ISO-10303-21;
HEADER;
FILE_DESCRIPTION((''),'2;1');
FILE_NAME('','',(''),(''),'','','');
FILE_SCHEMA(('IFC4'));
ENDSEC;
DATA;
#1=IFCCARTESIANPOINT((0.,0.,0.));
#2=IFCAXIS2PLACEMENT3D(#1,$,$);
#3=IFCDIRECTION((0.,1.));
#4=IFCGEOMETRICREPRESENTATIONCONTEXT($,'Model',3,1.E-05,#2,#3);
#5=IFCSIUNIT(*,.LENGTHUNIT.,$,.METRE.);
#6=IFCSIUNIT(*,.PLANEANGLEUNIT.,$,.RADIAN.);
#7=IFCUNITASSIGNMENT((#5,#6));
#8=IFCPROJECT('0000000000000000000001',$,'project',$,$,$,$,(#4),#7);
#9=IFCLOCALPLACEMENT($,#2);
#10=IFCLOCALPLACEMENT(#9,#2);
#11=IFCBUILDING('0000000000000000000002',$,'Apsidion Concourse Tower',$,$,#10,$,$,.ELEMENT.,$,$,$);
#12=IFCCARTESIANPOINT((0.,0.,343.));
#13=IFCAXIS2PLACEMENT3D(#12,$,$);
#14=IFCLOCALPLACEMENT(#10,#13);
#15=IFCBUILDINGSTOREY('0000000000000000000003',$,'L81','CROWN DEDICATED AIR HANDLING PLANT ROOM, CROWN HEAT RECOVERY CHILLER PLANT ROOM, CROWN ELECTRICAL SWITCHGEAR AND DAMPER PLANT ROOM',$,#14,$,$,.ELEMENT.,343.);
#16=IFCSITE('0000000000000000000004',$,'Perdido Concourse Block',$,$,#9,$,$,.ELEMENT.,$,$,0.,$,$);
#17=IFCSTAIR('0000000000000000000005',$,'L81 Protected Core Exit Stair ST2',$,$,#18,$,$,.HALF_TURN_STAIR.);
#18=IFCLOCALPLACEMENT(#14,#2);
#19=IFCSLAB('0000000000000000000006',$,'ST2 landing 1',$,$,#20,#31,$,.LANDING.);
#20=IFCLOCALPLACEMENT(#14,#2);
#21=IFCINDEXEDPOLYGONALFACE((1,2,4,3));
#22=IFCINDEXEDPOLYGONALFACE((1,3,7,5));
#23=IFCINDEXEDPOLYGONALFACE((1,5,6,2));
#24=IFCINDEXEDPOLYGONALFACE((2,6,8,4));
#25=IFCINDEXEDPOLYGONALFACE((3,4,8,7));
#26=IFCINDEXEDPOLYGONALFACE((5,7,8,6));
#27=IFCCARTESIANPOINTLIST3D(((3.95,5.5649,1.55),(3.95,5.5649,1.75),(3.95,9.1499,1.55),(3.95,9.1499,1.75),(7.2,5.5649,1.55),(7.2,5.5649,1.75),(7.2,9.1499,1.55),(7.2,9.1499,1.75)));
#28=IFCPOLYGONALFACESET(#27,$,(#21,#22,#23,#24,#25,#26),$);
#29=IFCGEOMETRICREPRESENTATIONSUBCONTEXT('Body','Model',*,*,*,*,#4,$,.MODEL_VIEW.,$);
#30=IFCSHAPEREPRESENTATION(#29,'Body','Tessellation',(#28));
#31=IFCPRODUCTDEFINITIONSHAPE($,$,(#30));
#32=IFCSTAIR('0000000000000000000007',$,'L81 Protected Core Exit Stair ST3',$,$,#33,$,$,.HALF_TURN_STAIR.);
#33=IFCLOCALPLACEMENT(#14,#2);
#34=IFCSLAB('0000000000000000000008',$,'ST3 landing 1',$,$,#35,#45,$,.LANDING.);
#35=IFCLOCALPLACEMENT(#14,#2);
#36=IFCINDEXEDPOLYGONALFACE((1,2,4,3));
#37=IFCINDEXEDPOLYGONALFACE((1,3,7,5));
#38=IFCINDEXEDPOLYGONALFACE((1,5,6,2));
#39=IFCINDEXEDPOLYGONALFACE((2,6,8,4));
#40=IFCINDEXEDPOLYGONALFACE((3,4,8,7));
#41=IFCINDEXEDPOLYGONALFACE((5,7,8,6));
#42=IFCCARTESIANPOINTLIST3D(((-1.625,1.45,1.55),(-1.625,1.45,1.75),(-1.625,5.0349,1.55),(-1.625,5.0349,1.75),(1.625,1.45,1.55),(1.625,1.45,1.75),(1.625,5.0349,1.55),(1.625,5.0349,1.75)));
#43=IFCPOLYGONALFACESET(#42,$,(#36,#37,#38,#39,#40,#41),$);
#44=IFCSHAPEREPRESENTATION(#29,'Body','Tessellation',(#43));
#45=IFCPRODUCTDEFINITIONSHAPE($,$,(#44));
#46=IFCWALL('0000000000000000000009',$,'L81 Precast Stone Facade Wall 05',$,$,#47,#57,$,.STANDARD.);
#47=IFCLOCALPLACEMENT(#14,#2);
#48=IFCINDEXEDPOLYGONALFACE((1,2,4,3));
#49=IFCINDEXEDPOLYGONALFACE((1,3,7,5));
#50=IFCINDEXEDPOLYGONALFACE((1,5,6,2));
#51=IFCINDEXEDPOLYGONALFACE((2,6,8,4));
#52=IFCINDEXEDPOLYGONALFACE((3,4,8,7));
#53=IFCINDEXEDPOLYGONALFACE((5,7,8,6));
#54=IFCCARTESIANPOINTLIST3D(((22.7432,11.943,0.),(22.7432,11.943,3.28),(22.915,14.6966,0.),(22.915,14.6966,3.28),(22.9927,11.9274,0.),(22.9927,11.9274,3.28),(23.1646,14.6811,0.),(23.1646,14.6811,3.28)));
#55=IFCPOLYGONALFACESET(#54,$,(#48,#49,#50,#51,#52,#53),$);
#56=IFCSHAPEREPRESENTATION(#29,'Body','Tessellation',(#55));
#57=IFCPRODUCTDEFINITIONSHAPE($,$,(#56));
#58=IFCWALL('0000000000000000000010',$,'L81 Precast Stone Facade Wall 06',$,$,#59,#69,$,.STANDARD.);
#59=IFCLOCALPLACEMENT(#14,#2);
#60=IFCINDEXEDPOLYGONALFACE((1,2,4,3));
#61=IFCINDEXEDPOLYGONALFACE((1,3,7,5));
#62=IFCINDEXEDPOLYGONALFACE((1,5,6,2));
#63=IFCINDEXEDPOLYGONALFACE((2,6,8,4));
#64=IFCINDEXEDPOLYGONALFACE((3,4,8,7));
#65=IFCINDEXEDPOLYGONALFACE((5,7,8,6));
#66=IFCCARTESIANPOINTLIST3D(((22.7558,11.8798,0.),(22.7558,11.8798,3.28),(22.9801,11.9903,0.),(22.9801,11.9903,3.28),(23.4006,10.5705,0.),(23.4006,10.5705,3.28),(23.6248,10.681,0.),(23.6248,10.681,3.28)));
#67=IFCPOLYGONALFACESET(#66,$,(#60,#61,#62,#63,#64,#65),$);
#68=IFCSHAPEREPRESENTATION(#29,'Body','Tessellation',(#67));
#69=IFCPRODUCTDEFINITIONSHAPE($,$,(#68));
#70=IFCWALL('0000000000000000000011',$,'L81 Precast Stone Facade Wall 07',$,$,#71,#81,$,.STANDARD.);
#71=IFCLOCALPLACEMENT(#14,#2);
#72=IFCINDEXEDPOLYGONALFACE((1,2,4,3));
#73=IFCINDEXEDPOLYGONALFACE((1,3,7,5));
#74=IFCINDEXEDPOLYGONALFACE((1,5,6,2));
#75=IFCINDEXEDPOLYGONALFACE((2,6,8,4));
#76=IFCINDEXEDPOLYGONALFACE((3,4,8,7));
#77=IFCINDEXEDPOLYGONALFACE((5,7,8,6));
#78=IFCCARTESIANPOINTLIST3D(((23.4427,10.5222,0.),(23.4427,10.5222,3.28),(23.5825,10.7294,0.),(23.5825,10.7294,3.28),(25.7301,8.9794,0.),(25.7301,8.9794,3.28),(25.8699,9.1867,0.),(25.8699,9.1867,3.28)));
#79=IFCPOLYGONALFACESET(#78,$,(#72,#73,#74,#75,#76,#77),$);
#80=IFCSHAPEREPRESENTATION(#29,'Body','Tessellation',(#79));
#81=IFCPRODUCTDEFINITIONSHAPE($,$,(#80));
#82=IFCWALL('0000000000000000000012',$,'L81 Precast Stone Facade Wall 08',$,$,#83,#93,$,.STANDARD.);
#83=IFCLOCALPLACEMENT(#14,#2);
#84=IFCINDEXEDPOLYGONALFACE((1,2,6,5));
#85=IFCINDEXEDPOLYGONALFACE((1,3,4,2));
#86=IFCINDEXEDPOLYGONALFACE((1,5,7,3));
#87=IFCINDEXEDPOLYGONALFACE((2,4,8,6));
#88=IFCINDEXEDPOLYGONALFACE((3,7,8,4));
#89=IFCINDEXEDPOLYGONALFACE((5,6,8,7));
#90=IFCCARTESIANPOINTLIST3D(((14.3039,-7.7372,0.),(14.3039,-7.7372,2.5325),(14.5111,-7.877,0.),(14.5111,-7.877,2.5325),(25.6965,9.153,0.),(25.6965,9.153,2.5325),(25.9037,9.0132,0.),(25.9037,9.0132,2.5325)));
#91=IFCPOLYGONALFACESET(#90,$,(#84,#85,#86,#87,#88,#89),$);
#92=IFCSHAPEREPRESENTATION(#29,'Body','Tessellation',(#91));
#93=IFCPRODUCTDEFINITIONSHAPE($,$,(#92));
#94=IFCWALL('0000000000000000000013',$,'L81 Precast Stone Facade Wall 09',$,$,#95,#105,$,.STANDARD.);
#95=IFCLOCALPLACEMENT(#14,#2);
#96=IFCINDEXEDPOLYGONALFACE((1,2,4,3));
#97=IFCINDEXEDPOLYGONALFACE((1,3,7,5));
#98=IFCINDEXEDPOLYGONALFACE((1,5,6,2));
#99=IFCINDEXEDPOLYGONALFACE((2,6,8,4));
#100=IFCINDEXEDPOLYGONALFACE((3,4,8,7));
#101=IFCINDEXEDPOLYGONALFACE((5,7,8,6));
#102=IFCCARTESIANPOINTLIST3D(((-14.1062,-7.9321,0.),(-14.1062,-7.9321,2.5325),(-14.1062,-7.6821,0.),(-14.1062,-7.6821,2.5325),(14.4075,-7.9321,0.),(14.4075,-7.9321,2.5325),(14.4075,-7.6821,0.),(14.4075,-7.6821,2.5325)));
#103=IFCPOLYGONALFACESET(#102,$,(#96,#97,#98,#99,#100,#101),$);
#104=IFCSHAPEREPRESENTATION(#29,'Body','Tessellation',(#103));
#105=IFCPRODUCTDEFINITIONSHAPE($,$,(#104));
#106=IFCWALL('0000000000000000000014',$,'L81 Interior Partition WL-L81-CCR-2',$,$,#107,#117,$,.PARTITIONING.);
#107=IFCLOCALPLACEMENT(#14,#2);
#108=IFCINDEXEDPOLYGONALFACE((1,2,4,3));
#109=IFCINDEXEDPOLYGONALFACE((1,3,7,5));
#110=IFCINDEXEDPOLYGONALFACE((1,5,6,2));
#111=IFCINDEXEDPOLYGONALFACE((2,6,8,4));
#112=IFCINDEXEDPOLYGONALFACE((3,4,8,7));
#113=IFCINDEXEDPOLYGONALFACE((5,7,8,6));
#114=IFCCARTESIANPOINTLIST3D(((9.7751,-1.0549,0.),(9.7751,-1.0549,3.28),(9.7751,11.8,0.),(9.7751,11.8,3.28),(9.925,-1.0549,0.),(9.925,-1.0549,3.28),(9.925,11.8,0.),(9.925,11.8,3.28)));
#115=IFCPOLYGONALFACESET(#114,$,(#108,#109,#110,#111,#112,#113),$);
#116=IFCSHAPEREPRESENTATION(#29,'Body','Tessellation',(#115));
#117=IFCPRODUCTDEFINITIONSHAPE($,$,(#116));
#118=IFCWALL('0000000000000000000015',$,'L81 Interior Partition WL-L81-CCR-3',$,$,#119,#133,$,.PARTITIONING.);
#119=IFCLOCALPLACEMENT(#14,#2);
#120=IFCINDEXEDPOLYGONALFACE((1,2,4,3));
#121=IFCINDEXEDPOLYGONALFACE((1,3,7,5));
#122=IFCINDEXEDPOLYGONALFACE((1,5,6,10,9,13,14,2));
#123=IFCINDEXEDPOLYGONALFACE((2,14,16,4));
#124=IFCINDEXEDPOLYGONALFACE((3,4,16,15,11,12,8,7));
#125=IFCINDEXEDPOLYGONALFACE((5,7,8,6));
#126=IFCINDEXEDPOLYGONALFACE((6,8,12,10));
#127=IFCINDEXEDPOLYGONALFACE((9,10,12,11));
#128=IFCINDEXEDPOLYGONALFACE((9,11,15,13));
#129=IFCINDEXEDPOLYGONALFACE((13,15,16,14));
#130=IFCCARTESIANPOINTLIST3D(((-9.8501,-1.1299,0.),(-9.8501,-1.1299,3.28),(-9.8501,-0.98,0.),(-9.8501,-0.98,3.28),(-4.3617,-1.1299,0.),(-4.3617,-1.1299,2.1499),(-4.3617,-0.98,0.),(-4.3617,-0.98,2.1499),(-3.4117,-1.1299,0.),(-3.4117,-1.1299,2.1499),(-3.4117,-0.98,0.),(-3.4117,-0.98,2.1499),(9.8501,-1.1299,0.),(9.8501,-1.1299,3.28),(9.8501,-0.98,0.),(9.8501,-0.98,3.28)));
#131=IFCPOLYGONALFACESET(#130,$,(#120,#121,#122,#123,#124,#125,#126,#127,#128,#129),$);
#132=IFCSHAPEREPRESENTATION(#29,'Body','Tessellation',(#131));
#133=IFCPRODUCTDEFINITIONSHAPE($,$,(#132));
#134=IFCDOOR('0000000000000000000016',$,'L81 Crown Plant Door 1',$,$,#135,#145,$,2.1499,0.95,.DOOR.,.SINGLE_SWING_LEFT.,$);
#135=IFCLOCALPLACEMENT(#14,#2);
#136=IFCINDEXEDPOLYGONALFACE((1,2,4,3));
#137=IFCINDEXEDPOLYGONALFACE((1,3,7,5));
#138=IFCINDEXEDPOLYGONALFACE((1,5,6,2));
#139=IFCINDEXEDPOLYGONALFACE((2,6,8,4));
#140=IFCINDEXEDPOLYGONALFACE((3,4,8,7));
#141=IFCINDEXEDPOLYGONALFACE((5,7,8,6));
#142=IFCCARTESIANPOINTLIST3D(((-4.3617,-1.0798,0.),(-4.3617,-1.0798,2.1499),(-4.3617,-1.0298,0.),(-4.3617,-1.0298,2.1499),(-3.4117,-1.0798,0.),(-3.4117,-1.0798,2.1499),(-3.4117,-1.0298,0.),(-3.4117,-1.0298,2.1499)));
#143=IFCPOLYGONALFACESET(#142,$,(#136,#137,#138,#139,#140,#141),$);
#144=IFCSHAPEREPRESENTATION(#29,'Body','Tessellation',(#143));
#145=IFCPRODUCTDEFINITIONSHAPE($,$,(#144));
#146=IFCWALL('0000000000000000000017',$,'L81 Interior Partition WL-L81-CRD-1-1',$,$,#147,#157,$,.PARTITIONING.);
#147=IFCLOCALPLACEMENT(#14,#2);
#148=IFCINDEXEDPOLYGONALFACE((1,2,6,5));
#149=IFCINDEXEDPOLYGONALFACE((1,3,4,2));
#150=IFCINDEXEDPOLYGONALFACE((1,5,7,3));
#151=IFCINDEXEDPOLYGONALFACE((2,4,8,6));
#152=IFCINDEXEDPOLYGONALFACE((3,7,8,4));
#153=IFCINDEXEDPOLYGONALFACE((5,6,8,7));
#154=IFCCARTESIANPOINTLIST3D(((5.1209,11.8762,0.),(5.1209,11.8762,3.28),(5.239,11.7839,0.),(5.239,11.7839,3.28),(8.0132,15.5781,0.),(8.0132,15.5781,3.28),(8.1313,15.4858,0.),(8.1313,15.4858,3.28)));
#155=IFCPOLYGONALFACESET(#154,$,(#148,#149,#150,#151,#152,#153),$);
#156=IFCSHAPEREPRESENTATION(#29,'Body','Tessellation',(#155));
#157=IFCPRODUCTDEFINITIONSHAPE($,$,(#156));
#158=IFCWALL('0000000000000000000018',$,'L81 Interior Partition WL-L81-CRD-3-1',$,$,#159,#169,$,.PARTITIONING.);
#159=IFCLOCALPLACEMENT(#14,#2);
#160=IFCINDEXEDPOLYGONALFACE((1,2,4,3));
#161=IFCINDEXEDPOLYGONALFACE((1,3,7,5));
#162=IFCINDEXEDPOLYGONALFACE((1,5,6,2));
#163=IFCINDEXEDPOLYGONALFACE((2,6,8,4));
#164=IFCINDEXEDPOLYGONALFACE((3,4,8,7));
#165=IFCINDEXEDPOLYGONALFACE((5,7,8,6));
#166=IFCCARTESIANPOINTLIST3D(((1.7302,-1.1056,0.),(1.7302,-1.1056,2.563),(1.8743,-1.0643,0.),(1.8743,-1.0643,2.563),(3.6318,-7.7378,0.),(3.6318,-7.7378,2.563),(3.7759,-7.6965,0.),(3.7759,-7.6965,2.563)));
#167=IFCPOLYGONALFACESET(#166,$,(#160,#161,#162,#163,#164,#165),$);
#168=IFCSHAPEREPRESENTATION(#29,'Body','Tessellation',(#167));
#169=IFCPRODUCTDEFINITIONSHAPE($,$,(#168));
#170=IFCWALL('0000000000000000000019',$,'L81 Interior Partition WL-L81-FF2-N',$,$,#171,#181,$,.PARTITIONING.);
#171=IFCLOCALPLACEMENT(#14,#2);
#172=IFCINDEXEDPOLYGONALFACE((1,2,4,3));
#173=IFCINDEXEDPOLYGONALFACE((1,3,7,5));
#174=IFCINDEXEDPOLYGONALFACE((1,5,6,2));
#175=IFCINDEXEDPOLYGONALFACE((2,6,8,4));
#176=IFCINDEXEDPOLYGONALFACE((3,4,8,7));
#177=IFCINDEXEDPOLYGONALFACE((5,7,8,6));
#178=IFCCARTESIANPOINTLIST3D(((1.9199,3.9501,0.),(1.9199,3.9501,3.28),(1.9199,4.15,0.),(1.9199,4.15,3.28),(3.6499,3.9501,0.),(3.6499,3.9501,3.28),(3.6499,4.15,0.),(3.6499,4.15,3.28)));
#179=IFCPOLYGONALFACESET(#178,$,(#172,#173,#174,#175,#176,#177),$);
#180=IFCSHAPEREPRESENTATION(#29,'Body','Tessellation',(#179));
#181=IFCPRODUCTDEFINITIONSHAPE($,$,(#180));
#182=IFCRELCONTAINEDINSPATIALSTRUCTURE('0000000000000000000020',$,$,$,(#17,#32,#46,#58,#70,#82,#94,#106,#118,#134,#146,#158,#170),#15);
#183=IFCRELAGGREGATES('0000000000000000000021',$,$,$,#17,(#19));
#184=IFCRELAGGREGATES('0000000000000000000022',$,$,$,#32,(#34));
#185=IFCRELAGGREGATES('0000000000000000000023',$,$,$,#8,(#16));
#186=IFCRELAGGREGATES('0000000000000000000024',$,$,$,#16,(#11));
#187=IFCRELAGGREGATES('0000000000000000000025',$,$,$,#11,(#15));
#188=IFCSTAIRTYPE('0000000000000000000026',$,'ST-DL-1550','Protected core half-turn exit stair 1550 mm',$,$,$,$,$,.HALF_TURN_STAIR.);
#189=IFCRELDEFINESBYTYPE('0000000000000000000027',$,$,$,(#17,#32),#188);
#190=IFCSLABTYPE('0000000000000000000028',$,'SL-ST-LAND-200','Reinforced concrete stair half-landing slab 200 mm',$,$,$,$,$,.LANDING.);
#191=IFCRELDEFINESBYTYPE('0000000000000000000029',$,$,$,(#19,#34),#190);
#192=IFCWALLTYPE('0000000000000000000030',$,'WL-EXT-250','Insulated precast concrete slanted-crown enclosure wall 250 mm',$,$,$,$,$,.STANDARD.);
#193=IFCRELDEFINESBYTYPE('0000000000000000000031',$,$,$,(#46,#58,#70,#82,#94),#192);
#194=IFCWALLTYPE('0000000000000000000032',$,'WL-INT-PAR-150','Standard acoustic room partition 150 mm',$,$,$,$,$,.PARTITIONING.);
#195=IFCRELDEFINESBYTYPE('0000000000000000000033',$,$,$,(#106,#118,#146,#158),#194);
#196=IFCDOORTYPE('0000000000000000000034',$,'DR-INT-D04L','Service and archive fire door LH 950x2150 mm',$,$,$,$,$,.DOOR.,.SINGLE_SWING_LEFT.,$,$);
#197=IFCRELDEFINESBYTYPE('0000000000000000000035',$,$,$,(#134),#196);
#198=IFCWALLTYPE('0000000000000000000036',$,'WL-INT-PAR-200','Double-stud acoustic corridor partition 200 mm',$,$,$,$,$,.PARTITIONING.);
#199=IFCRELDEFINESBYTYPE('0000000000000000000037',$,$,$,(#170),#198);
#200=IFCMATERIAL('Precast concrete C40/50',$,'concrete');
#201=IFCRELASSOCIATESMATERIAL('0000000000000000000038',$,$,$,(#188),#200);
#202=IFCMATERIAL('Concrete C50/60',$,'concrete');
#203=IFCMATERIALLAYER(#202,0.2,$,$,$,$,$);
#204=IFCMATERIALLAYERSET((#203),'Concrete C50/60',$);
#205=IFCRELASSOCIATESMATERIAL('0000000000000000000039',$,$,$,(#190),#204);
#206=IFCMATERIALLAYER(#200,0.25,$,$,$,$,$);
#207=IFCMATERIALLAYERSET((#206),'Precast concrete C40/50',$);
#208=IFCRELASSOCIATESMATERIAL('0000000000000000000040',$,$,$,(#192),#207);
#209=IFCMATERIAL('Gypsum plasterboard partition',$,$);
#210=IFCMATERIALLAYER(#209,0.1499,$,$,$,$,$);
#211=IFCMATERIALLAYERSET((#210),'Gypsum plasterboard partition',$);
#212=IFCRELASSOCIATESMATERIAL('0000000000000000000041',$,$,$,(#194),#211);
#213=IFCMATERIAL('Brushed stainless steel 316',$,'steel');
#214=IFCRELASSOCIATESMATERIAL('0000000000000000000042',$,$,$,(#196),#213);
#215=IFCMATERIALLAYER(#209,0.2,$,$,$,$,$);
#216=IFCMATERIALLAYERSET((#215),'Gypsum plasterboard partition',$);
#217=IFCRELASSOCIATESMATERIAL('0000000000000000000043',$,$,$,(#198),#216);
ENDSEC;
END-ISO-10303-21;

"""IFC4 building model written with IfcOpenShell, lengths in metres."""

from ifc_helpers import new_model, si_unit, direction, frame, frame_2d, origin, place, context, subcontext, project, spatial, polyline, rectangle, outline, extrude, material, layer, layer_set, type_object, element, fill, aggregate, save


model = new_model("IFC4")

# Units and contexts
model_context = context("Model", 3, precision=1e-05, world=origin(), true_north=direction((0.0, 1.0)))
body_context = subcontext(model_context, "Body", "Model", "MODEL_VIEW")
ifc_project = project(units=[si_unit("LENGTHUNIT", "METRE"), si_unit("PLANEANGLEUNIT", "RADIAN")], contexts=[model_context])

# Site, building, storey
site_placement = place(None, origin())
site = spatial("IfcSite", under=ifc_project, at=site_placement, Name="Perdido Concourse Block", CompositionType="ELEMENT", RefElevation=0.0)
building_placement = place(site_placement, origin())
building = spatial("IfcBuilding", under=site, at=building_placement, Name="Apsidion Concourse Tower", CompositionType="ELEMENT")
storey_placement = place(building_placement, frame((0.0, 0.0, 343.0)))
storey = spatial("IfcBuildingStorey", under=building, at=storey_placement, Name="L81", Description="CROWN DEDICATED AIR HANDLING PLANT ROOM, CROWN HEAT RECOVERY CHILLER PLANT ROOM, CROWN ELECTRICAL SWITCHGEAR AND DAMPER PLANT ROOM", CompositionType="ELEMENT", Elevation=343.0)

# Shared definitions
ifc_material_1 = material(Name="Concrete C50/60", Category="concrete")

# Stairs, slabs
ifc_material_2 = material(Name="Precast concrete C40/50", Category="concrete")
stair_type = type_object("IfcStairType", Name="ST-DL-1550", Description="Protected core half-turn exit stair 1550 mm", PredefinedType="HALF_TURN_STAIR", material=ifc_material_2)
ifc_layer_1 = layer(ifc_material_1, 0.2)
ifc_layer_set_1 = layer_set([ifc_layer_1], Name="Concrete C50/60")
slab_type = type_object("IfcSlabType", Name="SL-ST-LAND-200", Description="Reinforced concrete stair half-landing slab 200 mm", PredefinedType="LANDING", material=ifc_layer_set_1)
stair_1_placement = place(storey_placement, origin())
stair_1 = element("IfcStair", 1, at=stair_1_placement, inside=storey, type_object=stair_type, Name="L81 Protected Core Exit Stair ST2", PredefinedType="HALF_TURN_STAIR")
slab_1_placement = place(storey_placement, frame((0.0, 0.0, 1.55)))
slab_1 = element("IfcSlab", 2, at=slab_1_placement, type_object=slab_type, Name="ST2 landing 1", PredefinedType="LANDING", context=body_context, shape_type="SweptSolid", body=[
    extrude(outline(polyline([(7.2, 5.5649), (7.2, 9.1499), (3.95, 9.1499), (3.95, 5.5649), (7.2, 5.5649)])), origin(), (0.0, 0.0, 1.0), 0.2),
])
stair_2_placement = place(storey_placement, origin())
stair_2 = element("IfcStair", 3, at=stair_2_placement, inside=storey, type_object=stair_type, Name="L81 Protected Core Exit Stair ST3", PredefinedType="HALF_TURN_STAIR")
slab_2_placement = place(storey_placement, frame((0.0, 0.0, 1.55)))
slab_2 = element("IfcSlab", 4, at=slab_2_placement, type_object=slab_type, Name="ST3 landing 1", PredefinedType="LANDING", context=body_context, shape_type="SweptSolid", body=[
    extrude(outline(polyline([(-1.625, 5.0349), (-1.625, 1.45), (1.625, 1.45), (1.625, 5.0349), (-1.625, 5.0349)])), origin(), (0.0, 0.0, 1.0), 0.2),
])

# Walls
ifc_layer_2 = layer(ifc_material_2, 0.25)
ifc_layer_set_2 = layer_set([ifc_layer_2], Name="Precast concrete C40/50")
wall_type_1 = type_object("IfcWallType", Name="WL-EXT-250", Description="Insulated precast concrete slanted-crown enclosure wall 250 mm", PredefinedType="STANDARD", material=ifc_layer_set_2)
wall_1_placement = place(storey_placement, frame((23.0398, 14.6887, 0.0), z_axis=(0.0, 0.0, 1.0), x_axis=(-0.062296, -0.998058, 0.0)))
element("IfcWall", 5, at=wall_1_placement, inside=storey, type_object=wall_type_1, Name="L81 Precast Stone Facade Wall 05", PredefinedType="STANDARD", context=body_context, shape_type="SweptSolid", body=[
    extrude(rectangle(XDim=2.759, YDim=0.25, at=frame_2d((1.3794, 0.0))), origin(), (0.0, 0.0, 1.0), 3.28),
])
wall_2_placement = place(storey_placement, frame((22.8679, 11.9351, 0.0), z_axis=(0.0, 0.0, 1.0), x_axis=(0.441786, -0.897121, 0.0)))
element("IfcWall", 6, at=wall_2_placement, inside=storey, type_object=wall_type_1, Name="L81 Precast Stone Facade Wall 06", PredefinedType="STANDARD", context=body_context, shape_type="SweptSolid", body=[
    extrude(rectangle(XDim=1.4595, YDim=0.25, at=frame_2d((0.7297, 0.0))), origin(), (0.0, 0.0, 1.0), 3.28),
])
wall_3_placement = place(storey_placement, frame((23.5127, 10.6257, 0.0), z_axis=(0.0, 0.0, 1.0), x_axis=(0.829057, -0.559164, 0.0)))
element("IfcWall", 7, at=wall_3_placement, inside=storey, type_object=wall_type_1, Name="L81 Precast Stone Facade Wall 07", PredefinedType="STANDARD", context=body_context, shape_type="SweptSolid", body=[
    extrude(rectangle(XDim=2.759, YDim=0.25, at=frame_2d((1.3794, 0.0))), origin(), (0.0, 0.0, 1.0), 3.28),
])
wall_4_placement = place(storey_placement, frame((25.8, 9.083, 0.0), z_axis=(0.0, 0.0, 1.0), x_axis=(-0.559194, -0.829037, 0.0)))
element("IfcWall", 8, at=wall_4_placement, inside=storey, type_object=wall_type_1, Name="L81 Precast Stone Facade Wall 08", PredefinedType="STANDARD", context=body_context, shape_type="SweptSolid", body=[
    extrude(rectangle(XDim=20.3733, YDim=0.25, at=frame_2d((10.1865, 0.0))), origin(), (0.0, 0.0, 1.0), 2.5325),
])
wall_5_placement = place(storey_placement, frame((14.4075, -7.8071, 0.0), z_axis=(0.0, 0.0, 1.0), x_axis=(-1.0, 0.0, 0.0)))
element("IfcWall", 9, at=wall_5_placement, inside=storey, type_object=wall_type_1, Name="L81 Precast Stone Facade Wall 09", PredefinedType="STANDARD", context=body_context, shape_type="SweptSolid", body=[
    extrude(rectangle(XDim=28.5137, YDim=0.25, at=frame_2d((14.2568, 0.0))), origin(), (0.0, 0.0, 1.0), 2.5325),
])
ifc_material_3 = material(Name="Gypsum plasterboard partition")
ifc_layer_3 = layer(ifc_material_3, 0.1499)
ifc_layer_set_3 = layer_set([ifc_layer_3], Name="Gypsum plasterboard partition")
wall_type_2 = type_object("IfcWallType", Name="WL-INT-PAR-150", Description="Standard acoustic room partition 150 mm", PredefinedType="PARTITIONING", material=ifc_layer_set_3)
wall_6_placement = place(storey_placement, frame((9.8501, 11.8, 0.0), z_axis=(0.0, 0.0, 1.0), x_axis=(0.0, -1.0, 0.0)))
element("IfcWall", 10, at=wall_6_placement, inside=storey, type_object=wall_type_2, Name="L81 Interior Partition WL-L81-CCR-2", PredefinedType="PARTITIONING", context=body_context, shape_type="SweptSolid", body=[
    extrude(rectangle(XDim=12.855, YDim=0.1499, at=frame_2d((6.4275, 0.0))), origin(), (0.0, 0.0, 1.0), 3.28),
])

# Wall, opening, door
wall_7_placement = place(storey_placement, frame((9.8501, -1.0549, 0.0), z_axis=(0.0, 0.0, 1.0), x_axis=(-1.0, 0.0, 0.0)))
wall_7 = element("IfcWall", 11, at=wall_7_placement, inside=storey, type_object=wall_type_2, Name="L81 Interior Partition WL-L81-CCR-3", PredefinedType="PARTITIONING", context=body_context, shape_type="SweptSolid", body=[
    extrude(rectangle(XDim=19.7002, YDim=0.1499, at=frame_2d((9.8501, 0.0))), origin(), (0.0, 0.0, 1.0), 3.28),
])
opening_placement = place(wall_7_placement, frame((13.2617, 0.0, 0.0)))
opening = element("IfcOpeningElement", 12, at=opening_placement, cuts=wall_7, PredefinedType="OPENING", context=body_context, shape_type="SweptSolid", body=[
    extrude(rectangle(XDim=0.95, YDim=2.1499, at=frame_2d((0.4751, 1.075))), frame((0.0, 0.085, 0.0), z_axis=(0.0, -1.0, 0.0), x_axis=(1.0, 0.0, 0.0)), (0.0, 0.0, 1.0), 0.1699),
])
ifc_material_4 = material(Name="Brushed stainless steel 316", Category="steel")
door_type = type_object("IfcDoorType", Name="DR-INT-D04L", Description="Service and archive fire door LH 950x2150 mm", OperationType="SINGLE_SWING_LEFT", PredefinedType="DOOR", material=ifc_material_4)
door_placement = place(opening_placement, origin())
door = element("IfcDoor", 13, at=door_placement, inside=storey, type_object=door_type, Name="L81 Crown Plant Door 1", OperationType="SINGLE_SWING_LEFT", OverallHeight=2.1499, OverallWidth=0.95, PredefinedType="DOOR", context=body_context, shape_type="SweptSolid", body=[
    extrude(rectangle(XDim=0.95, YDim=2.1499, at=frame_2d((0.4751, 1.075))), frame((0.0, 0.0249, 0.0), z_axis=(0.0, -1.0, 0.0), x_axis=(1.0, 0.0, 0.0)), (0.0, 0.0, 1.0), 0.05),
])
fill(opening, door)

# Walls
wall_8_placement = place(storey_placement, frame((5.1799, 11.8301, 0.0), z_axis=(0.0, 0.0, 1.0), x_axis=(0.615673, 0.788002, 0.0)))
element("IfcWall", 14, at=wall_8_placement, inside=storey, type_object=wall_type_2, Name="L81 Interior Partition WL-L81-CRD-1-1", PredefinedType="PARTITIONING", context=body_context, shape_type="SweptSolid", body=[
    extrude(rectangle(XDim=4.6978, YDim=0.1499, at=frame_2d((2.3489, 0.0))), origin(), (0.0, 0.0, 1.0), 3.28),
])
wall_9_placement = place(storey_placement, frame((1.8022, -1.085, 0.0), z_axis=(0.0, 0.0, 1.0), x_axis=(0.275623, -0.961266, 0.0)))
element("IfcWall", 15, at=wall_9_placement, inside=storey, type_object=wall_type_2, Name="L81 Interior Partition WL-L81-CRD-3-1", PredefinedType="PARTITIONING", context=body_context, shape_type="SweptSolid", body=[
    extrude(rectangle(XDim=6.8994, YDim=0.1499, at=frame_2d((3.4497, 0.0))), origin(), (0.0, 0.0, 1.0), 2.563),
])
ifc_layer_4 = layer(ifc_material_3, 0.2)
ifc_layer_set_4 = layer_set([ifc_layer_4], Name="Gypsum plasterboard partition")
wall_type_3 = type_object("IfcWallType", Name="WL-INT-PAR-200", Description="Double-stud acoustic corridor partition 200 mm", PredefinedType="PARTITIONING", material=ifc_layer_set_4)
wall_10_placement = place(storey_placement, frame((1.9199, 4.05, 0.0), z_axis=(0.0, 0.0, 1.0), x_axis=(1.0, 0.0, 0.0)))
element("IfcWall", 16, at=wall_10_placement, inside=storey, type_object=wall_type_3, Name="L81 Interior Partition WL-L81-FF2-N", PredefinedType="PARTITIONING", context=body_context, shape_type="SweptSolid", body=[
    extrude(rectangle(XDim=1.73, YDim=0.2, at=frame_2d((0.865, 0.0))), origin(), (0.0, 0.0, 1.0), 3.28),
])

aggregate(stair_1, [slab_1])
aggregate(stair_2, [slab_2])

save(model, "model.ifc")
